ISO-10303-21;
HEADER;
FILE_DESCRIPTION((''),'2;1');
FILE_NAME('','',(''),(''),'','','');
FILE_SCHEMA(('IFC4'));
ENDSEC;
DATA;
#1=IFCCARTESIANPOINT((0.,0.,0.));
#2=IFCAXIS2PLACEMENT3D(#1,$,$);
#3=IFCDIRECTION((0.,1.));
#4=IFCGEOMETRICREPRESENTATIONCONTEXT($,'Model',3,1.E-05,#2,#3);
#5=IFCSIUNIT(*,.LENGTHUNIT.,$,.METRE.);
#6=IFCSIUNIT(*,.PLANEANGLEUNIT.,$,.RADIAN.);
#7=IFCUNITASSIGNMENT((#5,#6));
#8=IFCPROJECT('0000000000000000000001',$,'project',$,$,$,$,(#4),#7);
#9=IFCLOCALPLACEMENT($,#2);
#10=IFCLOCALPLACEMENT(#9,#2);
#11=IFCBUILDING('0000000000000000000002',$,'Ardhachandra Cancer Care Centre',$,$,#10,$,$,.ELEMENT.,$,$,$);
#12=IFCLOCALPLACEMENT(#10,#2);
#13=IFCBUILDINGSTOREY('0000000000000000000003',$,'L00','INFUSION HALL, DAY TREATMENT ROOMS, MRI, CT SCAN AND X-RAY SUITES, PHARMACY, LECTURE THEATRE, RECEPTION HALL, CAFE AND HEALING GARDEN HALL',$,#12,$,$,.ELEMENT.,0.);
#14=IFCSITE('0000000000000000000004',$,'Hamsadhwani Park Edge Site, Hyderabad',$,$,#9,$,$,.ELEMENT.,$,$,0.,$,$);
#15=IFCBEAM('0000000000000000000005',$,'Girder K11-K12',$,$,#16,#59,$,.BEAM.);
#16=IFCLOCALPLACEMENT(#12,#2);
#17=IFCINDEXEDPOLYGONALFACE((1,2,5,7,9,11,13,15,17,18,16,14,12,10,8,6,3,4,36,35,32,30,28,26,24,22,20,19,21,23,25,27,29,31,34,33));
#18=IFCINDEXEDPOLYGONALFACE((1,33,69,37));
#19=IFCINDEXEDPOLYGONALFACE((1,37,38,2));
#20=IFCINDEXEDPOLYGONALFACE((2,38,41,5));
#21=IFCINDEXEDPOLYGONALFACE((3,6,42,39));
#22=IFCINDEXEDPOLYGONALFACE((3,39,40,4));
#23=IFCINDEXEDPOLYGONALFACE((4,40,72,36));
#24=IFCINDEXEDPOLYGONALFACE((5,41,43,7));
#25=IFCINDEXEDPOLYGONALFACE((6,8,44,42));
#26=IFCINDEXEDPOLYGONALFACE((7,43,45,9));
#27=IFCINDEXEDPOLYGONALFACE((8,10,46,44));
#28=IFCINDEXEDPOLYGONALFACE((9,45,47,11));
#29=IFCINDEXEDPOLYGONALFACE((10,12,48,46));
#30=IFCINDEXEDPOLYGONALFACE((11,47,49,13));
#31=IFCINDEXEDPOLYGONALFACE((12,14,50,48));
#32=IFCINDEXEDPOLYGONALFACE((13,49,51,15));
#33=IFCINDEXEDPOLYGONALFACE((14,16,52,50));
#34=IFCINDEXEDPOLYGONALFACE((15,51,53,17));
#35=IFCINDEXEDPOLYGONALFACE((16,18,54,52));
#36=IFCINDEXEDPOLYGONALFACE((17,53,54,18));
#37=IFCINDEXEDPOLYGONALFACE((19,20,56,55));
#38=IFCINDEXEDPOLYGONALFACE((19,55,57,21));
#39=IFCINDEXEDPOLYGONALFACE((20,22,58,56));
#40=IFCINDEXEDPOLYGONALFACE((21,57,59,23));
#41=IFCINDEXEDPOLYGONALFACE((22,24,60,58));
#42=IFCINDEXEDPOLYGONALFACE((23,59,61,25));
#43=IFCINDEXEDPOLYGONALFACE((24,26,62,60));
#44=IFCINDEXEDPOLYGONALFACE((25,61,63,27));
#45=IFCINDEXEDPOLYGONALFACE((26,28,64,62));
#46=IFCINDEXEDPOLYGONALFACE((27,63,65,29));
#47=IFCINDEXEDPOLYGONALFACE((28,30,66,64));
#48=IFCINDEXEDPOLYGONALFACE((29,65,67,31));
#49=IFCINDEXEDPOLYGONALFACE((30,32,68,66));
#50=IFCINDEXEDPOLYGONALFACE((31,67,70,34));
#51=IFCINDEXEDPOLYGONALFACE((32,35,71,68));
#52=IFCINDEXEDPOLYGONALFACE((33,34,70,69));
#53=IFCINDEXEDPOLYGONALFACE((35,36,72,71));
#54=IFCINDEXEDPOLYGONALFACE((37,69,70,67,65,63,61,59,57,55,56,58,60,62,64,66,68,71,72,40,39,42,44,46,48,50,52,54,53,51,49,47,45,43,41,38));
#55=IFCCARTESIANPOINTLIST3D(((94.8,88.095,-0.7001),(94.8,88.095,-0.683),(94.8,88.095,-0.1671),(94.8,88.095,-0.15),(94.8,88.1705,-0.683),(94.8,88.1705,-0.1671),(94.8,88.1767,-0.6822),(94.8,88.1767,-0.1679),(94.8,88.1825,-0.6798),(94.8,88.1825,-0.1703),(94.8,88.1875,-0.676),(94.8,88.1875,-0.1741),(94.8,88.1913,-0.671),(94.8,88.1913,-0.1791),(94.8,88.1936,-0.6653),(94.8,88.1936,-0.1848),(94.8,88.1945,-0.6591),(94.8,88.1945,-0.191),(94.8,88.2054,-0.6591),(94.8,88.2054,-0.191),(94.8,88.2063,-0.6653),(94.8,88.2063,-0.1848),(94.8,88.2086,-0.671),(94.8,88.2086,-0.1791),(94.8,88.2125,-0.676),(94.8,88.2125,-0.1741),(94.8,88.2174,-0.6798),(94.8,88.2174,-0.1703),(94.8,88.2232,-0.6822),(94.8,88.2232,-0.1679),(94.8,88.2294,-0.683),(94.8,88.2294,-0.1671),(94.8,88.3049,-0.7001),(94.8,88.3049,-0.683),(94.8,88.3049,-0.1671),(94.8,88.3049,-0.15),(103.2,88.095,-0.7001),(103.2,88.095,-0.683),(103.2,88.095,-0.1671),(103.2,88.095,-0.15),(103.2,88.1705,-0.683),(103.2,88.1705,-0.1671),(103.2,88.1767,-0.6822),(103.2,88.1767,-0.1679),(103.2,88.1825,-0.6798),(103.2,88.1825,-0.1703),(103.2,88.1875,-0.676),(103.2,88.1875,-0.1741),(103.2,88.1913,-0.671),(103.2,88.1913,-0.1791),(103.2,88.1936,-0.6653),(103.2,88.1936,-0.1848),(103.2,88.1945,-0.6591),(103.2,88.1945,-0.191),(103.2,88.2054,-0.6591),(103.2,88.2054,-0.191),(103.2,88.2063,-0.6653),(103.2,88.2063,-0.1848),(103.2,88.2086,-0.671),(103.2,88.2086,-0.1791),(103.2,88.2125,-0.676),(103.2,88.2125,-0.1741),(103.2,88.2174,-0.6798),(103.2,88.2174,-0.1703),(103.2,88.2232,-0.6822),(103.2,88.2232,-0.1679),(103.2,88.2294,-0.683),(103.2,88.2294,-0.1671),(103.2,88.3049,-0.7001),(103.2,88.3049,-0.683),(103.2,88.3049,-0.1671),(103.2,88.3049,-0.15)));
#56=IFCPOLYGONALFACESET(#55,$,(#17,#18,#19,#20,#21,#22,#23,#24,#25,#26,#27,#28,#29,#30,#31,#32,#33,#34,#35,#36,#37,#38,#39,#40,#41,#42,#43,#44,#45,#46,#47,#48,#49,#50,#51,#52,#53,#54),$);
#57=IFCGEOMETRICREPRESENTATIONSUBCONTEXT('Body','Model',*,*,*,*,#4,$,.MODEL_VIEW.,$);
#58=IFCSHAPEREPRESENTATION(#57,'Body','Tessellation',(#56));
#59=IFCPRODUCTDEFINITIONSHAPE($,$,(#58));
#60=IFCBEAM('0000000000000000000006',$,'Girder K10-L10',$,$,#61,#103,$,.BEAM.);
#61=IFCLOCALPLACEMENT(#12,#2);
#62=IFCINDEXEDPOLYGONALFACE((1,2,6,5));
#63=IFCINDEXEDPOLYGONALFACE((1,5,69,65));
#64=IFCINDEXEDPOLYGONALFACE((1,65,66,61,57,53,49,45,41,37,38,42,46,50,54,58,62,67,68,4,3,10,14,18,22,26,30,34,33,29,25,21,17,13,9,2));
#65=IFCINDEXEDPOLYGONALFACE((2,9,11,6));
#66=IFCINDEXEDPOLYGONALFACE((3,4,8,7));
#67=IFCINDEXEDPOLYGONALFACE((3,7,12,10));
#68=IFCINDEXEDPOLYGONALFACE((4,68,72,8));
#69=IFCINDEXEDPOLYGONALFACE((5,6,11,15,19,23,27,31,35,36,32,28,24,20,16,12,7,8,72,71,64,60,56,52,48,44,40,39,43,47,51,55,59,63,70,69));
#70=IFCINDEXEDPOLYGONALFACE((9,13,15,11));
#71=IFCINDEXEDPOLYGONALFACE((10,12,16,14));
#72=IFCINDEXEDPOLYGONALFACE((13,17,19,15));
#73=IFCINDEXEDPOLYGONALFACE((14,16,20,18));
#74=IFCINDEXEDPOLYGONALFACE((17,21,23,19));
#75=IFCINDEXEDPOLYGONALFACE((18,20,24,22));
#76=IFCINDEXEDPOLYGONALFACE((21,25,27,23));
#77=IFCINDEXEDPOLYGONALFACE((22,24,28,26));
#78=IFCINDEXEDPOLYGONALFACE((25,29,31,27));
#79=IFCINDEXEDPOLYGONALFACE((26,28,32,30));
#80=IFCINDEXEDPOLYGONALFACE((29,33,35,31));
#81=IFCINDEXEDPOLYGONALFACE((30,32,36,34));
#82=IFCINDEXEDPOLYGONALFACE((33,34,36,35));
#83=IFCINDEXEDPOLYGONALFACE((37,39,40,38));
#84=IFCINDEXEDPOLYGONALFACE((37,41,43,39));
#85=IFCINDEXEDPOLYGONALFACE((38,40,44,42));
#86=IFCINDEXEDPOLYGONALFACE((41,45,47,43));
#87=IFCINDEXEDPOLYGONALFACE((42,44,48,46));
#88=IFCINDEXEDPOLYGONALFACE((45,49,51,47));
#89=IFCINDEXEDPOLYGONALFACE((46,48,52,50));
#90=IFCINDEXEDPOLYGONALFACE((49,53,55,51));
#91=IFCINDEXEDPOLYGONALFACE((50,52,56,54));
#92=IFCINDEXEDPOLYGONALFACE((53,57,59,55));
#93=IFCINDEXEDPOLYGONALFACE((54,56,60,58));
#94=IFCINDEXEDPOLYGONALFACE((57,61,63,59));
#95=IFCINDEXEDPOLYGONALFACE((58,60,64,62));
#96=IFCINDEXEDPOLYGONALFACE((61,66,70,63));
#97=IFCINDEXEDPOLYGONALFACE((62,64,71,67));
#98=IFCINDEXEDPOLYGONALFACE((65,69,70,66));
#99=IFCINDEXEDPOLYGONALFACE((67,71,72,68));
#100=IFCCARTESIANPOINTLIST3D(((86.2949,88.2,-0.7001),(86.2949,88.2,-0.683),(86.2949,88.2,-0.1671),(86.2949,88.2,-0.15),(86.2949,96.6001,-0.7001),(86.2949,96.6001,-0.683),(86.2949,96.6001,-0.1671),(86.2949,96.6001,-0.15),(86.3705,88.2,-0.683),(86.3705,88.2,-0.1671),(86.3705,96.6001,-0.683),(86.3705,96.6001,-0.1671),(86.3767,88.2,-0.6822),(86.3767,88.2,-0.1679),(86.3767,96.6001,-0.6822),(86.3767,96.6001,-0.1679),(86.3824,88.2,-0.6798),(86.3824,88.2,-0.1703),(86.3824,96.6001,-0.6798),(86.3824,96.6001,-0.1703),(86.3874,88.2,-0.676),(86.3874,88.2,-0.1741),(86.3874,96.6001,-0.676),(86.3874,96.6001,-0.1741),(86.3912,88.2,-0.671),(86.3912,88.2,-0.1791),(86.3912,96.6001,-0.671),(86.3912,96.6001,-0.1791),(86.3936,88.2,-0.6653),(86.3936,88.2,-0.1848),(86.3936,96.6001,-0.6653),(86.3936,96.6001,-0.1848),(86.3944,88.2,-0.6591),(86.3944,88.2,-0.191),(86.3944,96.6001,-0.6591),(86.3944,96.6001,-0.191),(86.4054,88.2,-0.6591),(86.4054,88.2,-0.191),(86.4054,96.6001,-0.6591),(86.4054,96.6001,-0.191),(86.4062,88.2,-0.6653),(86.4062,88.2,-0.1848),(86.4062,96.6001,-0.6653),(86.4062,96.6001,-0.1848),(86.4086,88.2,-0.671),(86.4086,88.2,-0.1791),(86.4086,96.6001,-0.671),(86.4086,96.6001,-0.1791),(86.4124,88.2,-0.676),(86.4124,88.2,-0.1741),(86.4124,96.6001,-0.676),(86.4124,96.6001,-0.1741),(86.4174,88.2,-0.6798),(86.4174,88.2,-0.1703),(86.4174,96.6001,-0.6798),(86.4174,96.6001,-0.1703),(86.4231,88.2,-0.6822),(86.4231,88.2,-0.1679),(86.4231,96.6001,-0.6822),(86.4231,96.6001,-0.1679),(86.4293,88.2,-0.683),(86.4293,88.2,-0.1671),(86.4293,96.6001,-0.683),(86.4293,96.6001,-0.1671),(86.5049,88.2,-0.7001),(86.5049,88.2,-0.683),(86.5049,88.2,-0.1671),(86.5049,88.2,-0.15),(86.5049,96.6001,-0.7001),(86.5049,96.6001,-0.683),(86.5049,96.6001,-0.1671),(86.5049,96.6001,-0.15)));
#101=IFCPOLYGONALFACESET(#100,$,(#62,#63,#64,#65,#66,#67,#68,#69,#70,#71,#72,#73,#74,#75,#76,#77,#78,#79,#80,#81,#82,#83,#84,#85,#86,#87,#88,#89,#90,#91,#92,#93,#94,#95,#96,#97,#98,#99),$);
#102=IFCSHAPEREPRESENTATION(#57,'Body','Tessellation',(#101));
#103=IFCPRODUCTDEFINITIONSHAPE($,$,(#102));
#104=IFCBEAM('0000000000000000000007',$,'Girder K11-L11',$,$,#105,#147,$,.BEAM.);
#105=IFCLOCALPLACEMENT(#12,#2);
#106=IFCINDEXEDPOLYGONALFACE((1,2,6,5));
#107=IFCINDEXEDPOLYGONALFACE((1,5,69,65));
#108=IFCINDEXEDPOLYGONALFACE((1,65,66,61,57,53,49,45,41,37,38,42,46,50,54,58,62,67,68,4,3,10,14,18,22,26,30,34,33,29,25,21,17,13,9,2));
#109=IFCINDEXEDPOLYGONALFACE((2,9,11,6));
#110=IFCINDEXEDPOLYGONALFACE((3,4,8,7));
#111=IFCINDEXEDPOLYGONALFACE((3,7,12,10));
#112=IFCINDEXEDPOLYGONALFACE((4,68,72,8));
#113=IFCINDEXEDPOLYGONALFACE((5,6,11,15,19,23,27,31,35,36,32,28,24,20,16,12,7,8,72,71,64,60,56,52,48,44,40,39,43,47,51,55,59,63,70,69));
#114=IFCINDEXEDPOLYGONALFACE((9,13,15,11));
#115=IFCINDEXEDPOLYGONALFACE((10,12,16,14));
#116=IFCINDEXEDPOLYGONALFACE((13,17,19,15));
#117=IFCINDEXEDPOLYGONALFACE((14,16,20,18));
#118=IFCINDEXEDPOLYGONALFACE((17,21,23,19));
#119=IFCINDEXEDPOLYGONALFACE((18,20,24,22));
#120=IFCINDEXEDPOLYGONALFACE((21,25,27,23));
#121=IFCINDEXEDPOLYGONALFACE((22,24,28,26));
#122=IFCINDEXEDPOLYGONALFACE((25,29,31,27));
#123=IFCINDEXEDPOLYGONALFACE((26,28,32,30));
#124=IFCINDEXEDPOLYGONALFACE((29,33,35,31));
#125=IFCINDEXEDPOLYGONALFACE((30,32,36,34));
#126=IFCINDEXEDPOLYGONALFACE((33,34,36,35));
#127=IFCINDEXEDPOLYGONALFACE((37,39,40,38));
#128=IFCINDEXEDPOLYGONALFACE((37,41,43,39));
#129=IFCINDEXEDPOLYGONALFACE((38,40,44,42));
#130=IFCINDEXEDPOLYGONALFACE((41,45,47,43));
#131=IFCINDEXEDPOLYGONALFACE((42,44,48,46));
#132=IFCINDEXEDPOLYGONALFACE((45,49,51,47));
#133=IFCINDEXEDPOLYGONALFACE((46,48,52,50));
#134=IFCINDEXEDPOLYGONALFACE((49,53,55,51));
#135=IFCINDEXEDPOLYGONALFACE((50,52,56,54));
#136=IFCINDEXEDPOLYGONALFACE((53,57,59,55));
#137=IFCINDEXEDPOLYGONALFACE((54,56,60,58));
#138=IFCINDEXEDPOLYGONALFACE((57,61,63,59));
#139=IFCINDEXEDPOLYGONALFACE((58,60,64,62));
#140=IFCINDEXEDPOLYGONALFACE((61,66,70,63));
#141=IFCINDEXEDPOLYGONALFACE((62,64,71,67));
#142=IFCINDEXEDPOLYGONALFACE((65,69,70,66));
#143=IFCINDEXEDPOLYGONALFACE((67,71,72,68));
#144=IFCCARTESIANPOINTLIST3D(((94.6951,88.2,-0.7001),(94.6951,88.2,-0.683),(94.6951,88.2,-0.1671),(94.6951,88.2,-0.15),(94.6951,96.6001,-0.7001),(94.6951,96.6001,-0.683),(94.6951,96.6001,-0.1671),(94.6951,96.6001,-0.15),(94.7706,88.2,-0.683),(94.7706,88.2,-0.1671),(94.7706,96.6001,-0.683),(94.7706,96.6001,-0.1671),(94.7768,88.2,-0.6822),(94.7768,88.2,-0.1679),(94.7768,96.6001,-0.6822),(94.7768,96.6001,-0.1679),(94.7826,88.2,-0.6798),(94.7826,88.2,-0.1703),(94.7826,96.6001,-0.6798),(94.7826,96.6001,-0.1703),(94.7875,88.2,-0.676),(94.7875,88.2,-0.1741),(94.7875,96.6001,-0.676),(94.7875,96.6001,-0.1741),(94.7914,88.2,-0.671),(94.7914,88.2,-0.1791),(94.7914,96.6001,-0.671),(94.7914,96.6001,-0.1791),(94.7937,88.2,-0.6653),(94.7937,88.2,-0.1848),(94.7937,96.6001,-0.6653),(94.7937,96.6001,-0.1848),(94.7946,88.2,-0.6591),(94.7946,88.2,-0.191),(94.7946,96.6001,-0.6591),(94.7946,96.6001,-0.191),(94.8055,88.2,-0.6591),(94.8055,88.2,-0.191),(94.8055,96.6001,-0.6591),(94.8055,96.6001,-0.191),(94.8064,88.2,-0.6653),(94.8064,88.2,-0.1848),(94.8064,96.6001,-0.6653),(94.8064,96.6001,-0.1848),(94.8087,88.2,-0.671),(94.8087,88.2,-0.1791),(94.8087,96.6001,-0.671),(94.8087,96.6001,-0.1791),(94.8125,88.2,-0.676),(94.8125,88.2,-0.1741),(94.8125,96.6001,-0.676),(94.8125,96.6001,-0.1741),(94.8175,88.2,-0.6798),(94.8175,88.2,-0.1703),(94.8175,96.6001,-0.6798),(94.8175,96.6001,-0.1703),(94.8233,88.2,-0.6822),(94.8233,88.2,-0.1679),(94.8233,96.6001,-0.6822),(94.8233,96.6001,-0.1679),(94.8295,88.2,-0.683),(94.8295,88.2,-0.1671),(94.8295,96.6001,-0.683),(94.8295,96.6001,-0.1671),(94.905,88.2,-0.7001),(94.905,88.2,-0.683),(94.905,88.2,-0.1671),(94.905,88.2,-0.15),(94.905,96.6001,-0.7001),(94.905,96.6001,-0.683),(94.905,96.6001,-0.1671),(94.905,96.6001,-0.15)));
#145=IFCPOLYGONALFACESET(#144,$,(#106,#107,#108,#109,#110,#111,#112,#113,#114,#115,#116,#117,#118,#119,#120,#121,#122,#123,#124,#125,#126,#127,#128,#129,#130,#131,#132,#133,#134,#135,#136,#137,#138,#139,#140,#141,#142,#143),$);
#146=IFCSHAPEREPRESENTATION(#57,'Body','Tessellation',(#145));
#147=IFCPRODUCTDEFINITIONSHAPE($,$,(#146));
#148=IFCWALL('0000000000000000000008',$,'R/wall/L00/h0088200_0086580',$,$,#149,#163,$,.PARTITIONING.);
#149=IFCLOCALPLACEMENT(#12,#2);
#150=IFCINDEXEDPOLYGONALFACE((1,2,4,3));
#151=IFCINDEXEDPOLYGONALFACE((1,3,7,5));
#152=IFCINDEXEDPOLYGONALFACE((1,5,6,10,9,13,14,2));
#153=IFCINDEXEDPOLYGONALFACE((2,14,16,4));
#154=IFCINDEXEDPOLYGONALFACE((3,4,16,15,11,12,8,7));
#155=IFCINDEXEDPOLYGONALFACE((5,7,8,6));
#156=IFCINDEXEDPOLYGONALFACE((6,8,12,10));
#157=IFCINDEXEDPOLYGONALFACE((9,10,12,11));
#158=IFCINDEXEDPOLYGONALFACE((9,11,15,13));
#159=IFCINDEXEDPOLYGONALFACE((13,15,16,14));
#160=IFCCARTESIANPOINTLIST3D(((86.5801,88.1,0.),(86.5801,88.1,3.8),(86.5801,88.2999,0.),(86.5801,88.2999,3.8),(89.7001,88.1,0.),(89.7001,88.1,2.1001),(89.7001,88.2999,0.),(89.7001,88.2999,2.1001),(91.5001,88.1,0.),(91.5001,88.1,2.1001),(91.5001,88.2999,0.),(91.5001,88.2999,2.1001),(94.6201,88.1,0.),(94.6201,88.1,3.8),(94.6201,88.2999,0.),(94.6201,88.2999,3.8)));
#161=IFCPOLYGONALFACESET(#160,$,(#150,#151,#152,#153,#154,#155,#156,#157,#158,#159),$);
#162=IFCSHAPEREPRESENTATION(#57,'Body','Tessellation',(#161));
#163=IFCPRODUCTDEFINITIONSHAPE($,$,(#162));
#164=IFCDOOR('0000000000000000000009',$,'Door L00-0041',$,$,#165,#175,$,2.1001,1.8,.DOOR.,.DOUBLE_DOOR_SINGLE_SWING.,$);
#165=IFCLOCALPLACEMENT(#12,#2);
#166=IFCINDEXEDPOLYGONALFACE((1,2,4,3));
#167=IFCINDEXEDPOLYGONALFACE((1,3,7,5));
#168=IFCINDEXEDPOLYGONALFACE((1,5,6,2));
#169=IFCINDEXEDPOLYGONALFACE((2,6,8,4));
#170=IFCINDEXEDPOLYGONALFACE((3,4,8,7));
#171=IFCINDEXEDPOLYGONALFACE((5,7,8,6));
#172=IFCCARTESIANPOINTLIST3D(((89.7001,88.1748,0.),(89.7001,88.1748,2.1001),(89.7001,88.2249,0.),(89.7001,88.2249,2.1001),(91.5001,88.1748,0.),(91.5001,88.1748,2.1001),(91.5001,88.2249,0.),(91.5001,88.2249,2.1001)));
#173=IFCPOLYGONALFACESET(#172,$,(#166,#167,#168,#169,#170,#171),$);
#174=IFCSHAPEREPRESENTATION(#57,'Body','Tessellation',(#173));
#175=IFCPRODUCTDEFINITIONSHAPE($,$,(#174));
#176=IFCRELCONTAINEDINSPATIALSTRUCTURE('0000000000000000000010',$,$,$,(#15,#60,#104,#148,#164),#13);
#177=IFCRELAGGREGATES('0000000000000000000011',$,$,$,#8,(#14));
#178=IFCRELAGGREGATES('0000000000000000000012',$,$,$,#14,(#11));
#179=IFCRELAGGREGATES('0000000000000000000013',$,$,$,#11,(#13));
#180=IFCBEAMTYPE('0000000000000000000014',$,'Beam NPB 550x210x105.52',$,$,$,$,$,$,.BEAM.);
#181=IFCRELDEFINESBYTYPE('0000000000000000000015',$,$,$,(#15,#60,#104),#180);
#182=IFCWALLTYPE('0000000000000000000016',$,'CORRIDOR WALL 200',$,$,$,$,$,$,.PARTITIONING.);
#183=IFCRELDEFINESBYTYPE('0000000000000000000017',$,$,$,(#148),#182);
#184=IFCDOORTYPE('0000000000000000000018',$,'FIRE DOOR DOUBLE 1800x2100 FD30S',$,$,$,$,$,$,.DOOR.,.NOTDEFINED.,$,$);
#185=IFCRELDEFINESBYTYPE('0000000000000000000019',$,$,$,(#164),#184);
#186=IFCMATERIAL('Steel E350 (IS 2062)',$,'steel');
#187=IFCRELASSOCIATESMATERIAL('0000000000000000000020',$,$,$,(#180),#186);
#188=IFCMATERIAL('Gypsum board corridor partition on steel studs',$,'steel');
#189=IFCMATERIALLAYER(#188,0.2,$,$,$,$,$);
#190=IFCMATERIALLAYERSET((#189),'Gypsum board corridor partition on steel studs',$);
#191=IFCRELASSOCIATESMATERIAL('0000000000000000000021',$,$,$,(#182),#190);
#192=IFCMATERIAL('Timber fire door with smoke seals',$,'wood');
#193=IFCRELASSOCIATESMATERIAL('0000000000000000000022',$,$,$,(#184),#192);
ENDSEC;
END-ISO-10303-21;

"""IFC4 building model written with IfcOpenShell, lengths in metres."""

from ifc_helpers import new_model, si_unit, direction, frame, frame_2d, origin, origin_2d, place, context, subcontext, project, spatial, rectangle, i_section, extrude, material, layer, layer_set, material_profile, profile_set, type_object, element, fill, save


model = new_model("IFC4")

# Units and contexts
model_context = context("Model", 3, precision=1e-05, world=origin(), true_north=direction((0.0, 1.0)))
body_context = subcontext(model_context, "Body", "Model", "MODEL_VIEW")
ifc_project = project(units=[si_unit("LENGTHUNIT", "METRE"), si_unit("PLANEANGLEUNIT", "RADIAN")], contexts=[model_context])

# Site, building, storey
site_placement = place(None, origin())
site = spatial("IfcSite", under=ifc_project, at=site_placement, Name="Hamsadhwani Park Edge Site, Hyderabad", CompositionType="ELEMENT", RefElevation=0.0)
building_placement = place(site_placement, origin())
building = spatial("IfcBuilding", under=site, at=building_placement, Name="Ardhachandra Cancer Care Centre", CompositionType="ELEMENT")
storey_placement = place(building_placement, origin())
storey = spatial("IfcBuildingStorey", under=building, at=storey_placement, Name="L00", Description="INFUSION HALL, DAY TREATMENT ROOMS, MRI, CT SCAN AND X-RAY SUITES, PHARMACY, LECTURE THEATRE, RECEPTION HALL, CAFE AND HEALING GARDEN HALL", CompositionType="ELEMENT", Elevation=0.0)

# Beams
ifc_material_1 = material(Name="Steel E350 (IS 2062)", Category="steel")
ifc_material_profile_1 = material_profile(ifc_material_1, i_section(OverallWidth=0.21, OverallDepth=0.55, WebThickness=0.011, FlangeThickness=0.0171, FilletRadius=0.0239, at=origin_2d()), Name="NPB 550x210x105.52")
ifc_profile_set_1 = profile_set([ifc_material_profile_1], Name="Steel E350 (IS 2062)")
beam_type_1 = type_object("IfcBeamType", Name="Beam NPB 550x210x105.52", PredefinedType="BEAM", material=ifc_profile_set_1)
beam_1_placement = place(storey_placement, frame((94.8, 88.2, -0.425), z_axis=(1.0, 0.0, 0.0), x_axis=(0.0, 1.0, 0.0)))
element("IfcBeam", 1, at=beam_1_placement, inside=storey, type_object=beam_type_1, Name="Girder K11-K12", PredefinedType="BEAM", context=body_context, shape_type="SweptSolid", body=[
    extrude(i_section(OverallWidth=0.21, OverallDepth=0.55, WebThickness=0.011, FlangeThickness=0.0171, FilletRadius=0.0239, at=origin_2d()), origin(), (0.0, 0.0, 1.0), 8.3999),
])
for number, where, z_axis, x_axis, name in (
    (2, (86.3999, 88.2, -0.425), (0.0, 1.0, 0.0), (-1.0, 0.0, 0.0), "Girder K10-L10"),
    (3, (94.8, 88.2, -0.425), (0.0, 1.0, 0.0), (-1.0, 0.0, 0.0), "Girder K11-L11"),
):
    element("IfcBeam", number, at=place(storey_placement, frame(where, z_axis=z_axis, x_axis=x_axis)), inside=storey, type_object=beam_type_1, Name=name, PredefinedType="BEAM", context=body_context, shape_type="SweptSolid", body=[
        extrude(i_section(OverallWidth=0.21, OverallDepth=0.55, WebThickness=0.011, FlangeThickness=0.0171, FilletRadius=0.0239, at=origin_2d()), origin(), (0.0, 0.0, 1.0), 8.4001),
    ])

# Wall, opening, door
ifc_material_2 = material(Name="Gypsum board corridor partition on steel studs", Category="steel")
ifc_layer = layer(ifc_material_2, 0.2)
ifc_layer_set = layer_set([ifc_layer], Name="Gypsum board corridor partition on steel studs")
wall_type = type_object("IfcWallType", Name="CORRIDOR WALL 200", PredefinedType="PARTITIONING", material=ifc_layer_set)
wall_1_placement = place(storey_placement, frame((86.5801, 88.2, 0.0), z_axis=(0.0, 0.0, 1.0), x_axis=(1.0, 0.0, 0.0)))
wall_1 = element("IfcWall", 4, at=wall_1_placement, inside=storey, type_object=wall_type, Name="R/wall/L00/h0088200_0086580", PredefinedType="PARTITIONING", context=body_context, shape_type="SweptSolid", body=[
    extrude(rectangle(XDim=8.04, YDim=0.2, at=frame_2d((4.02, 0.0))), origin(), (0.0, 0.0, 1.0), 3.8),
])
opening_1_placement = place(wall_1_placement, frame((3.1201, 0.0, 0.0)))
opening_1 = element("IfcOpeningElement", 5, at=opening_1_placement, cuts=wall_1, PredefinedType="OPENING", context=body_context, shape_type="SweptSolid", body=[
    extrude(rectangle(XDim=1.8, YDim=2.1001, at=frame_2d((0.8999, 1.05))), frame((0.0, 0.1099, 0.0), z_axis=(0.0, -1.0, 0.0), x_axis=(1.0, 0.0, 0.0)), (0.0, 0.0, 1.0), 0.22),
])
ifc_material_3 = material(Name="Timber fire door with smoke seals", Category="wood")
door_type_1 = type_object("IfcDoorType", Name="FIRE DOOR DOUBLE 1800x2100 FD30S", OperationType="NOTDEFINED", PredefinedType="DOOR", material=ifc_material_3)
door_1_placement = place(opening_1_placement, origin())
door_1 = element("IfcDoor", 6, at=door_1_placement, inside=storey, type_object=door_type_1, Name="Door L00-0041", OperationType="DOUBLE_DOOR_SINGLE_SWING", OverallHeight=2.1001, OverallWidth=1.8, PredefinedType="DOOR", context=body_context, shape_type="SweptSolid", body=[
    extrude(rectangle(XDim=1.8, YDim=2.1001, at=frame_2d((0.8999, 1.05))), frame((0.0, 0.0249, 0.0), z_axis=(0.0, -1.0, 0.0), x_axis=(1.0, 0.0, 0.0)), (0.0, 0.0, 1.0), 0.05),
])
fill(opening_1, door_1)

save(model, "model.ifc")
